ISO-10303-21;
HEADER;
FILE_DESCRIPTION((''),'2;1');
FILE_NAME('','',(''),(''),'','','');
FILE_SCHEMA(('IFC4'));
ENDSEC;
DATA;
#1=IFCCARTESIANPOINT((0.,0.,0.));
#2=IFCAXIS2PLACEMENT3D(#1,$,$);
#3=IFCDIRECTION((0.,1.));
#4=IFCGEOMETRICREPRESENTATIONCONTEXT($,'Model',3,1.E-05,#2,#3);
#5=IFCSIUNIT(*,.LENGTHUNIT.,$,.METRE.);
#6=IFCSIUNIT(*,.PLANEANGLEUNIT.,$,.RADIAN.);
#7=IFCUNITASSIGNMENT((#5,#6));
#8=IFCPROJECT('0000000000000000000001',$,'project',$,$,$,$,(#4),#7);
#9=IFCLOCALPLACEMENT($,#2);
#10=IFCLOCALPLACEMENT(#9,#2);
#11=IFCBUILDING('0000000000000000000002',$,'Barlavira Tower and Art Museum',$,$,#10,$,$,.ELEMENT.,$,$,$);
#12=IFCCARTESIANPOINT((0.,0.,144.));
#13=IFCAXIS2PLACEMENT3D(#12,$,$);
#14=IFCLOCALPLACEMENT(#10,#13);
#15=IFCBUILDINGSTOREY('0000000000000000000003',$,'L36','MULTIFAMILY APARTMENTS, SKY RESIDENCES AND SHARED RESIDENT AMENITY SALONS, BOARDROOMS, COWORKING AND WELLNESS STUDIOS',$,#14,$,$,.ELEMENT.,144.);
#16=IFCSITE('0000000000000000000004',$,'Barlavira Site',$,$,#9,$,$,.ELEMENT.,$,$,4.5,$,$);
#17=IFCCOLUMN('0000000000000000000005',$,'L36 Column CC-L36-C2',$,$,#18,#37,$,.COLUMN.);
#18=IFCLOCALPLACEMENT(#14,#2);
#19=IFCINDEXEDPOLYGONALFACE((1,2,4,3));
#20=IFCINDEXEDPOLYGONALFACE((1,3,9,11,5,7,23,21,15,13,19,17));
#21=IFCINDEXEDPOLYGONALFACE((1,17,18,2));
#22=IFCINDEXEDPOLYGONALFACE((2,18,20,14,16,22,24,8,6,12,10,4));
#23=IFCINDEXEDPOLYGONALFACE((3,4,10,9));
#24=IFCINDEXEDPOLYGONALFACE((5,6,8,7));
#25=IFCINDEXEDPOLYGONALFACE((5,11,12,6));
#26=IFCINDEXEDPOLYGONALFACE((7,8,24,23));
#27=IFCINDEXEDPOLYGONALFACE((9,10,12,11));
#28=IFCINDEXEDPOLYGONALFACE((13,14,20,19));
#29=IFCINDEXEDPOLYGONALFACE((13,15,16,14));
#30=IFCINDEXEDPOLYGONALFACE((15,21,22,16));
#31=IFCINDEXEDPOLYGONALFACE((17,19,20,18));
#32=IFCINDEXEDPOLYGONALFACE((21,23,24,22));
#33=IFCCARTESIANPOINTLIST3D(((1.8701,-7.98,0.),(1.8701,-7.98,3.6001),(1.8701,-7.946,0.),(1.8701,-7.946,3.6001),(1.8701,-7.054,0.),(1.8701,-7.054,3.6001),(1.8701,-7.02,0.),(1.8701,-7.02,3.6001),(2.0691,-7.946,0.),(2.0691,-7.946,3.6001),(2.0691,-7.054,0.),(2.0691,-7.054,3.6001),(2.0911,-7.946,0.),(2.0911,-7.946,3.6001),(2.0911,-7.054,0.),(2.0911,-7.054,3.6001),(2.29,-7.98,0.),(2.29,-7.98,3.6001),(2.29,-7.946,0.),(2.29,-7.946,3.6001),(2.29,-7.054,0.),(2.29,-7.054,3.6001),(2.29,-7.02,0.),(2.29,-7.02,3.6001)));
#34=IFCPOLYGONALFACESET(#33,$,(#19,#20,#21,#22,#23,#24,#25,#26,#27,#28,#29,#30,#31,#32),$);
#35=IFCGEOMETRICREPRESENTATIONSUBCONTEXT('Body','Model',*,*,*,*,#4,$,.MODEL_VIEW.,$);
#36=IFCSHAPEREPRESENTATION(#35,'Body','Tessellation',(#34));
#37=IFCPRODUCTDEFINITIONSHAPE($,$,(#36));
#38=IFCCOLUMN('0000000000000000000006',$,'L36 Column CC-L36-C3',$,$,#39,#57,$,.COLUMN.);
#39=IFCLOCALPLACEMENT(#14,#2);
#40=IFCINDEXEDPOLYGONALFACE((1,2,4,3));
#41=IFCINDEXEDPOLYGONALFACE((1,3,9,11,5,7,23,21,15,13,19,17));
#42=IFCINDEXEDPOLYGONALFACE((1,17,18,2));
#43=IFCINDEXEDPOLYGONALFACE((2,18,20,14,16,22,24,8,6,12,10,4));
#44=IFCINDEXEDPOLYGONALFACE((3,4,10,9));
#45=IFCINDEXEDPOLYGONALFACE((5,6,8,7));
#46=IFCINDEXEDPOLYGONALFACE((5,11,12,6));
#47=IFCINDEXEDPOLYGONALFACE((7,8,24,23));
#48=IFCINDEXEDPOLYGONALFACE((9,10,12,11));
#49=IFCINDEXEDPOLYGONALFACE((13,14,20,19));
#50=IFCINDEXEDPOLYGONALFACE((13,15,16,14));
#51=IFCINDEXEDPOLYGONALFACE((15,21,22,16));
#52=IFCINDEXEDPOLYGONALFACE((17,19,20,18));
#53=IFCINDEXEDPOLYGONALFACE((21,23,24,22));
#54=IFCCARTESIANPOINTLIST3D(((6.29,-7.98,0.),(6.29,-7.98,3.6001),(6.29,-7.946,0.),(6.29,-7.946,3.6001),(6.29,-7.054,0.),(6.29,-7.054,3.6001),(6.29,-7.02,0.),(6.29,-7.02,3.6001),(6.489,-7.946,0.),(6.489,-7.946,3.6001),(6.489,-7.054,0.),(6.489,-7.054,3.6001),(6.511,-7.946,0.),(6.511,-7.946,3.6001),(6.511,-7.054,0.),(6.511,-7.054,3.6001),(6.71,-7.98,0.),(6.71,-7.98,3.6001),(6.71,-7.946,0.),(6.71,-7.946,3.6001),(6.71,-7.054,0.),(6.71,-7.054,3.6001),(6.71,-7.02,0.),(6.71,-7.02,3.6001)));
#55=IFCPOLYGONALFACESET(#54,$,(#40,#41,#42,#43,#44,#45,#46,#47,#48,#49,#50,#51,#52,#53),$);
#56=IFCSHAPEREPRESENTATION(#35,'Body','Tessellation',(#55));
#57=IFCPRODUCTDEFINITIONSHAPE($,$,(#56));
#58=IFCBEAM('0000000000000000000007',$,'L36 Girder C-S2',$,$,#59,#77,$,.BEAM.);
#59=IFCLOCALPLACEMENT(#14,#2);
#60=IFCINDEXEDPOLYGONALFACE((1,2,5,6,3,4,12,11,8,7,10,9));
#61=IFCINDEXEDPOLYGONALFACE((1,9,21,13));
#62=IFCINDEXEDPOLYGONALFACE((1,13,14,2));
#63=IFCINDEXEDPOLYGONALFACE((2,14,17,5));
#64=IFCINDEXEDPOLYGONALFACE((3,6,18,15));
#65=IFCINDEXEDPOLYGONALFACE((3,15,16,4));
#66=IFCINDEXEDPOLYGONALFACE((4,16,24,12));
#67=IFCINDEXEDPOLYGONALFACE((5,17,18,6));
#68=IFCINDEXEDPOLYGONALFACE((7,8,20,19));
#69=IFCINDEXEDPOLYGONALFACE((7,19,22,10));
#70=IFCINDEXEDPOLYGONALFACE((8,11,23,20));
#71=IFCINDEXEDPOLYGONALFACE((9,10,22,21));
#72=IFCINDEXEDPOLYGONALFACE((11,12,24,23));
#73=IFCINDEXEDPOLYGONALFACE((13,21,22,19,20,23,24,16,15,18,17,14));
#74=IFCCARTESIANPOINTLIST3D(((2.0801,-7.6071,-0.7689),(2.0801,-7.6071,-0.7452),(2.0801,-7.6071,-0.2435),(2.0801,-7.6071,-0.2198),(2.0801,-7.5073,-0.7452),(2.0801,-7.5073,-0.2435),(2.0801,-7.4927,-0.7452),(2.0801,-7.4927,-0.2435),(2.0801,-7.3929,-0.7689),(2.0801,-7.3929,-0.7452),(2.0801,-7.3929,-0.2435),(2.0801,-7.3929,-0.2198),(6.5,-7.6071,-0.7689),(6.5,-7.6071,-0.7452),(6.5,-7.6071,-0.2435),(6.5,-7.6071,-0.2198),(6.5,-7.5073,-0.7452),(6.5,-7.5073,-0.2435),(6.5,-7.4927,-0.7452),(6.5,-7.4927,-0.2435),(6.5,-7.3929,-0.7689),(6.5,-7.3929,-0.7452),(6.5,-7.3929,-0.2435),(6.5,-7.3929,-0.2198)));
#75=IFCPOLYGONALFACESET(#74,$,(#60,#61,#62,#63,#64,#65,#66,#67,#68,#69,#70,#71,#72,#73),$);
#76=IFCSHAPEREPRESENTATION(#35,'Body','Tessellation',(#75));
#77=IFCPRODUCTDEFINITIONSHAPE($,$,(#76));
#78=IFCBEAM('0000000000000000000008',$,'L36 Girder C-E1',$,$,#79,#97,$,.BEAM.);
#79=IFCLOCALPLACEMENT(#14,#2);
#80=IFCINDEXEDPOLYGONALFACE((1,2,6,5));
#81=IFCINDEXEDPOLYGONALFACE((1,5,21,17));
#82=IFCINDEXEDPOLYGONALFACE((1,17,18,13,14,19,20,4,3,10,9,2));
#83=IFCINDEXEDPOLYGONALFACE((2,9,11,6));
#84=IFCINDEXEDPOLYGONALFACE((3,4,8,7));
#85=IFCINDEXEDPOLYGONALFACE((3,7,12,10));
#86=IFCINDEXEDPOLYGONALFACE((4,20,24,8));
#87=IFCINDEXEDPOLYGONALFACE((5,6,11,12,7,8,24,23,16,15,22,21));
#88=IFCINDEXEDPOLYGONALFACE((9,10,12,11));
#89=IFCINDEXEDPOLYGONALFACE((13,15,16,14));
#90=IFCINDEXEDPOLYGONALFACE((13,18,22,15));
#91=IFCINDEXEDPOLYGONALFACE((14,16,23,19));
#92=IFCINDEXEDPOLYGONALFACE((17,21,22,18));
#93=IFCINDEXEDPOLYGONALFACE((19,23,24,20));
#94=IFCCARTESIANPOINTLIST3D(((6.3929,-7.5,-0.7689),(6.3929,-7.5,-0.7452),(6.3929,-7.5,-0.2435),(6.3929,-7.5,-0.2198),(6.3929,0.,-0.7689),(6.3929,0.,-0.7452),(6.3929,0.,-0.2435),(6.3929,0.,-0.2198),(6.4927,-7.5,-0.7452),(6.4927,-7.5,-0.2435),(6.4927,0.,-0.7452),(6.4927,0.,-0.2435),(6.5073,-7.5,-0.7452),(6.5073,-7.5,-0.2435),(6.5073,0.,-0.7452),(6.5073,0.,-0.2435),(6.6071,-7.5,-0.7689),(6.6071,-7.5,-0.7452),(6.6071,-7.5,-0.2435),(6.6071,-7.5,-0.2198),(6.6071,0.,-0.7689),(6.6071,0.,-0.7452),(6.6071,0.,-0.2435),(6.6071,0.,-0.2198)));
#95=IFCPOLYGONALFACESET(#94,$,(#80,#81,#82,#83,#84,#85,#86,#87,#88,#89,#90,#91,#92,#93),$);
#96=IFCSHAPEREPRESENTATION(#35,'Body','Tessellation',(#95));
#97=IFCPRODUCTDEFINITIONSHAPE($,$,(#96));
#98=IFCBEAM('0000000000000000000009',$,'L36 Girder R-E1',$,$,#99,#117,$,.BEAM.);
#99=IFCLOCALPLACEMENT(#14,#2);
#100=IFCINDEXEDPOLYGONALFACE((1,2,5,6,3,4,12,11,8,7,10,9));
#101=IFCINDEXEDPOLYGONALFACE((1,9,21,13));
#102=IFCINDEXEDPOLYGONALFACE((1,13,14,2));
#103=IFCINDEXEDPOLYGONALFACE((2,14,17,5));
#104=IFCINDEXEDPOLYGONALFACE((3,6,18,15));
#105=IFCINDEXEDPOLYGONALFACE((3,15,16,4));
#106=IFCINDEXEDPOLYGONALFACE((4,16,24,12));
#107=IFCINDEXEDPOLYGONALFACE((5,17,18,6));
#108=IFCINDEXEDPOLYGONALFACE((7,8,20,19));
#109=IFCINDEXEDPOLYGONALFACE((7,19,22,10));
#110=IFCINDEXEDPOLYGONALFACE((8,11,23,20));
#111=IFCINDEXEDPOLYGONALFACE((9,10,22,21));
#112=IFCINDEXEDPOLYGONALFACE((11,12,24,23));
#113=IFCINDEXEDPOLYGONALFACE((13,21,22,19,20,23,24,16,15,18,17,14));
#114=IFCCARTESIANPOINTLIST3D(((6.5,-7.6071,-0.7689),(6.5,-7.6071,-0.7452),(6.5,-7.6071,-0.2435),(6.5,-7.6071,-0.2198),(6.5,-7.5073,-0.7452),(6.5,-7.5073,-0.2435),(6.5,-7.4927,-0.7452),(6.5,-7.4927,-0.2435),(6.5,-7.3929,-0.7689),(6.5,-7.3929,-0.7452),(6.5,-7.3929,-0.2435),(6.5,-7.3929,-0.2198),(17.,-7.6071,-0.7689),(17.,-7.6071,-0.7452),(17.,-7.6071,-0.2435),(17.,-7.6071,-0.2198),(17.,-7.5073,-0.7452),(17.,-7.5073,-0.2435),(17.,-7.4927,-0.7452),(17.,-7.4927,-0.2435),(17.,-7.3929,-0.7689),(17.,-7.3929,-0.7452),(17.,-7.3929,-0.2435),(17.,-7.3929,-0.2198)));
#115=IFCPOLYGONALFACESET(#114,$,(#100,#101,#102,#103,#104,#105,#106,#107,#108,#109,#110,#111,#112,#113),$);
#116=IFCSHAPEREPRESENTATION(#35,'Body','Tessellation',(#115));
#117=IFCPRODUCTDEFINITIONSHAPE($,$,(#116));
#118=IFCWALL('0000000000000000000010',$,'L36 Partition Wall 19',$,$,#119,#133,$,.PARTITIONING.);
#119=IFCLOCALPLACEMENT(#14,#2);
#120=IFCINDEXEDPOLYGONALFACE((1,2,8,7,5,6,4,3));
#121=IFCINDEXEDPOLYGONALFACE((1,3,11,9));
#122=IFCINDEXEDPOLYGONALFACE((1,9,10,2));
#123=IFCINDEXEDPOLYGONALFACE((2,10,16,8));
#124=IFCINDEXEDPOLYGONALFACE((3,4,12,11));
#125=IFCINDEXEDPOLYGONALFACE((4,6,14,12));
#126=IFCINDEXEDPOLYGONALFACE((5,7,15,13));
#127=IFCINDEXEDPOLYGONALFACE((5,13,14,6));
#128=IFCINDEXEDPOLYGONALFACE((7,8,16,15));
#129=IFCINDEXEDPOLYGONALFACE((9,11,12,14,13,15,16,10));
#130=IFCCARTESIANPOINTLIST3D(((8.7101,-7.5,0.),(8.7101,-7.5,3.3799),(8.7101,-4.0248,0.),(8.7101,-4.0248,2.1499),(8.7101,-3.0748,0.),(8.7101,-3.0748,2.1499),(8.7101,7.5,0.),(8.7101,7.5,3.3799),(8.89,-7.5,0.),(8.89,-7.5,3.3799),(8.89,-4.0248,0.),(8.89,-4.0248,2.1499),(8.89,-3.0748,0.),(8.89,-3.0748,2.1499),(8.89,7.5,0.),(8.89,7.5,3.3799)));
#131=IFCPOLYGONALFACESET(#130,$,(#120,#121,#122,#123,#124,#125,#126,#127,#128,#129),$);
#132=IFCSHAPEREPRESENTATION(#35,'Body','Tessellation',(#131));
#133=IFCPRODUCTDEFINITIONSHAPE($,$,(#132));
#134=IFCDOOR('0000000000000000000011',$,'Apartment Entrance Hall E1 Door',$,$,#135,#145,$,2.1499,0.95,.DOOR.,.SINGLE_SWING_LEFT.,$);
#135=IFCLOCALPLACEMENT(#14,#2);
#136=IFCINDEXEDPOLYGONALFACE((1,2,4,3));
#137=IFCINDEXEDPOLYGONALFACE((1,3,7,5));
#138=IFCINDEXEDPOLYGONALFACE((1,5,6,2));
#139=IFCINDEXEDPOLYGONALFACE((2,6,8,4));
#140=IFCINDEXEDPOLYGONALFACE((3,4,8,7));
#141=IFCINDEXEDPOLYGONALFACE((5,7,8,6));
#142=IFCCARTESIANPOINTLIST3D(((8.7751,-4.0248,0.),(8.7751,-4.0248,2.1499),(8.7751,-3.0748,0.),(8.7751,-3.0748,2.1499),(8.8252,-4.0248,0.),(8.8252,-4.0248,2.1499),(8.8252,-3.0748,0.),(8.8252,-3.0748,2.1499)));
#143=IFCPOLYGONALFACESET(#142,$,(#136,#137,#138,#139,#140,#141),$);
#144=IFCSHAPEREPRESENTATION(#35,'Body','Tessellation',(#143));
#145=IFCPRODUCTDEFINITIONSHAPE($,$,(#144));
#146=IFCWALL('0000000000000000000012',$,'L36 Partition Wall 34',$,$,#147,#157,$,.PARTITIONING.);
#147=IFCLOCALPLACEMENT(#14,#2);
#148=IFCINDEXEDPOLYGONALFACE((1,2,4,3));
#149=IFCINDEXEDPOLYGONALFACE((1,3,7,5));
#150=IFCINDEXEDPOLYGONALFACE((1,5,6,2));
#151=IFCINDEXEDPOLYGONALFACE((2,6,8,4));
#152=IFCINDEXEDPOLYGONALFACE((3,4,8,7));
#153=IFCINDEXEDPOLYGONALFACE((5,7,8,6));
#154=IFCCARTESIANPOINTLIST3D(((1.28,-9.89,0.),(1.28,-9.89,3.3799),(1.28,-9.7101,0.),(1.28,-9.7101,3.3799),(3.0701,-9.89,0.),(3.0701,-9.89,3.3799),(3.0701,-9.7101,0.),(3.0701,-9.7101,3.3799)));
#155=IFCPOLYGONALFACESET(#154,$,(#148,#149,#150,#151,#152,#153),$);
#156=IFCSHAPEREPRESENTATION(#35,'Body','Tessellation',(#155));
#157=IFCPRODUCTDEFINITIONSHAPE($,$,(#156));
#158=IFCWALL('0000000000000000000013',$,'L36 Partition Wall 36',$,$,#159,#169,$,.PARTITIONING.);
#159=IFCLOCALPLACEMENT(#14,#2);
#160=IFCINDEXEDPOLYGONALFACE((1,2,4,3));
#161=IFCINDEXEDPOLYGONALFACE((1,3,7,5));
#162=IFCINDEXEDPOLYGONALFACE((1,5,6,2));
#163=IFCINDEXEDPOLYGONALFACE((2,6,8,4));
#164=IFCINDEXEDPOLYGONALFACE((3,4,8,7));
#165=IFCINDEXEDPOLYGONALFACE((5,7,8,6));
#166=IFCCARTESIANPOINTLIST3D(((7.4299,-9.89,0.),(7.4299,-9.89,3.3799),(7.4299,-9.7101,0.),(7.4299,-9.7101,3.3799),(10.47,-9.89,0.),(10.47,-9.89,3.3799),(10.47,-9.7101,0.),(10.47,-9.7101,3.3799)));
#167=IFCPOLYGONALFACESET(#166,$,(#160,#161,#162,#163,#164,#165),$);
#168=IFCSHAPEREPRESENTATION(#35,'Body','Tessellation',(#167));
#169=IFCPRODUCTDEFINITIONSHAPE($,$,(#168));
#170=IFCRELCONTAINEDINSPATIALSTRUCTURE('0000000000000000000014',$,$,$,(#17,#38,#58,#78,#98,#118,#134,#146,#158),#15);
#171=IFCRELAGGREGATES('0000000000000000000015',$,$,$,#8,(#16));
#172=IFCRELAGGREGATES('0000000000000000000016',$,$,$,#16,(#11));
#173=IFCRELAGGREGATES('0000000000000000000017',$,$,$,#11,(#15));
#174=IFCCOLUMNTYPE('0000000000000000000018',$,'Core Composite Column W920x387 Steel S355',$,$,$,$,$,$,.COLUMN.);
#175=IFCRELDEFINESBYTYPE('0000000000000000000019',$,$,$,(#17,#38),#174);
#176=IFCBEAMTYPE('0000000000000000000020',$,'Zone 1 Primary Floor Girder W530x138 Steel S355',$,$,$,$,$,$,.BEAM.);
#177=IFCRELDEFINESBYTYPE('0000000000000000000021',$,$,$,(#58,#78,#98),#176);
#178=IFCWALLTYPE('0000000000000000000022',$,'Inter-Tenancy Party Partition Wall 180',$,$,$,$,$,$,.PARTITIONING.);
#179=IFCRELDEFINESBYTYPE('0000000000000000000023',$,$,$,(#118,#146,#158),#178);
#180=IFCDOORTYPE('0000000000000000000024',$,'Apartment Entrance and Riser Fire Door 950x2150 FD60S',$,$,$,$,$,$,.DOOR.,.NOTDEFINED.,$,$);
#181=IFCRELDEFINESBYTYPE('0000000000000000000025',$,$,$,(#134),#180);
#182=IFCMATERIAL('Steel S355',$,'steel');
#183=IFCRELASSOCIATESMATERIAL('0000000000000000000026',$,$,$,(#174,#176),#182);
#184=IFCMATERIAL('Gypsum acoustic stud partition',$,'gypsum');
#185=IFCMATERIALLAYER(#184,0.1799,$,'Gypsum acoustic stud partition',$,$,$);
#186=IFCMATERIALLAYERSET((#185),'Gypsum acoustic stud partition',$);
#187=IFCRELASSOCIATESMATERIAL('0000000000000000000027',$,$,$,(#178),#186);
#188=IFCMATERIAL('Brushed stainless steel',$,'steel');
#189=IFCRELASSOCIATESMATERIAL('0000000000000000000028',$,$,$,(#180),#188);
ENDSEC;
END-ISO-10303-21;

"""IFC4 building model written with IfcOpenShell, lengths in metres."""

from ifc_helpers import new_model, si_unit, direction, frame, frame_2d, origin, origin_2d, place, context, subcontext, project, spatial, rectangle, i_section, extrude, material, layer, layer_set, material_profile, profile_set, type_object, element, fill, save


model = new_model("IFC4")

# Units and contexts
model_context = context("Model", 3, precision=1e-05, world=origin(), true_north=direction((0.0, 1.0)))
body_context = subcontext(model_context, "Body", "Model", "MODEL_VIEW")
ifc_project = project(units=[si_unit("LENGTHUNIT", "METRE"), si_unit("PLANEANGLEUNIT", "RADIAN")], contexts=[model_context])

# Site, building, storey
site_placement = place(None, origin())
site = spatial("IfcSite", under=ifc_project, at=site_placement, Name="Barlavira Site", CompositionType="ELEMENT", RefElevation=4.5)
building_placement = place(site_placement, origin())
building = spatial("IfcBuilding", under=site, at=building_placement, Name="Barlavira Tower and Art Museum", CompositionType="ELEMENT")
storey_placement = place(building_placement, frame((0.0, 0.0, 144.0)))
storey = spatial("IfcBuildingStorey", under=building, at=storey_placement, Name="L36", Description="MULTIFAMILY APARTMENTS, SKY RESIDENCES AND SHARED RESIDENT AMENITY SALONS, BOARDROOMS, COWORKING AND WELLNESS STUDIOS", CompositionType="ELEMENT", Elevation=144.0)

# Columns
ifc_material_1 = material(Name="Steel S355", Category="steel")
ifc_material_profile_1 = material_profile(ifc_material_1, i_section(OverallWidth=0.4199, OverallDepth=0.96, WebThickness=0.022, FlangeThickness=0.0339, at=origin_2d()), Name="W920x387.0")
ifc_profile_set_1 = profile_set([ifc_material_profile_1], Name="Steel S355")
column_type = type_object("IfcColumnType", Name="Core Composite Column W920x387 Steel S355", PredefinedType="COLUMN", material=ifc_profile_set_1)
for number, where, z_axis, x_axis, name in (
    (1, (2.0801, -7.5, 0.0), (0.0, 0.0, 1.0), (1.0, 0.0, 0.0), "L36 Column CC-L36-C2"),
    (2, (6.5, -7.5, 0.0), (0.0, 0.0, 1.0), (1.0, 0.0, 0.0), "L36 Column CC-L36-C3"),
):
    element("IfcColumn", number, at=place(storey_placement, frame(where, z_axis=z_axis, x_axis=x_axis)), inside=storey, type_object=column_type, Name=name, PredefinedType="COLUMN", context=body_context, shape_type="SweptSolid", body=[
        extrude(i_section(OverallWidth=0.4199, OverallDepth=0.96, WebThickness=0.022, FlangeThickness=0.0339, at=origin_2d()), origin(), (0.0, 0.0, 1.0), 3.6001),
    ])

# Beams
ifc_material_profile_2 = material_profile(ifc_material_1, i_section(OverallWidth=0.2141, OverallDepth=0.5491, WebThickness=0.0146, FlangeThickness=0.0237, at=origin_2d()), Name="W530x138.0")
ifc_profile_set_2 = profile_set([ifc_material_profile_2], Name="Steel S355")
beam_type = type_object("IfcBeamType", Name="Zone 1 Primary Floor Girder W530x138 Steel S355", PredefinedType="BEAM", material=ifc_profile_set_2)
beam_1_placement = place(storey_placement, frame((2.0801, -7.5, -0.4944), z_axis=(1.0, 0.0, 0.0), x_axis=(0.0, 1.0, 0.0)))
element("IfcBeam", 3, at=beam_1_placement, inside=storey, type_object=beam_type, Name="L36 Girder C-S2", PredefinedType="BEAM", context=body_context, shape_type="SweptSolid", body=[
    extrude(i_section(OverallWidth=0.2141, OverallDepth=0.5491, WebThickness=0.0146, FlangeThickness=0.0237, at=origin_2d()), origin(), (0.0, 0.0, 1.0), 4.4199),
])
beam_2_placement = place(storey_placement, frame((6.5, -7.5, -0.4944), z_axis=(0.0, 1.0, 0.0), x_axis=(-1.0, 0.0, 0.0)))
element("IfcBeam", 4, at=beam_2_placement, inside=storey, type_object=beam_type, Name="L36 Girder C-E1", PredefinedType="BEAM", context=body_context, shape_type="SweptSolid", body=[
    extrude(i_section(OverallWidth=0.2141, OverallDepth=0.5491, WebThickness=0.0146, FlangeThickness=0.0237, at=origin_2d()), origin(), (0.0, 0.0, 1.0), 7.5),
])
beam_3_placement = place(storey_placement, frame((6.5, -7.5, -0.4944), z_axis=(1.0, 0.0, 0.0), x_axis=(0.0, 1.0, 0.0)))
element("IfcBeam", 5, at=beam_3_placement, inside=storey, type_object=beam_type, Name="L36 Girder R-E1", PredefinedType="BEAM", context=body_context, shape_type="SweptSolid", body=[
    extrude(i_section(OverallWidth=0.2141, OverallDepth=0.5491, WebThickness=0.0146, FlangeThickness=0.0237, at=origin_2d()), origin(), (0.0, 0.0, 1.0), 10.5),
])

# Wall, opening, door
ifc_material_2 = material(Name="Brushed stainless steel", Category="steel")
ifc_material_3 = material(Name="Gypsum acoustic stud partition", Category="gypsum")
ifc_layer_1 = layer(ifc_material_3, 0.1799, Name="Gypsum acoustic stud partition")
ifc_layer_set_1 = layer_set([ifc_layer_1], Name="Gypsum acoustic stud partition")
wall_type_1 = type_object("IfcWallType", Name="Inter-Tenancy Party Partition Wall 180", PredefinedType="PARTITIONING", material=ifc_layer_set_1)
wall_1_placement = place(storey_placement, frame((8.8, -7.5, 0.0), z_axis=(0.0, 0.0, 1.0), x_axis=(0.0, 1.0, 0.0)))
wall_1 = element("IfcWall", 6, at=wall_1_placement, inside=storey, type_object=wall_type_1, Name="L36 Partition Wall 19", PredefinedType="PARTITIONING", context=body_context, shape_type="SweptSolid", body=[
    extrude(rectangle(XDim=15.0, YDim=0.1799, at=frame_2d((7.5, 0.0))), origin(), (0.0, 0.0, 1.0), 3.3799),
])
opening_1_placement = place(wall_1_placement, frame((3.4751, 0.0, 0.0)))
opening_1 = element("IfcOpeningElement", 7, at=opening_1_placement, cuts=wall_1, PredefinedType="OPENING", context=body_context, shape_type="SweptSolid", body=[
    extrude(rectangle(XDim=0.95, YDim=2.1499, at=frame_2d((0.4751, 1.075))), frame((0.0, 0.1001, 0.0), z_axis=(0.0, -1.0, 0.0), x_axis=(1.0, 0.0, 0.0)), (0.0, 0.0, 1.0), 0.2),
])
door_type_1 = type_object("IfcDoorType", Name="Apartment Entrance and Riser Fire Door 950x2150 FD60S", OperationType="NOTDEFINED", PredefinedType="DOOR", material=ifc_material_2)
door_1_placement = place(opening_1_placement, origin())
door_1 = element("IfcDoor", 8, at=door_1_placement, inside=storey, type_object=door_type_1, Name="Apartment Entrance Hall E1 Door", OperationType="SINGLE_SWING_LEFT", OverallHeight=2.1499, OverallWidth=0.95, PredefinedType="DOOR", context=body_context, shape_type="SweptSolid", body=[
    extrude(rectangle(XDim=0.95, YDim=2.1499, at=frame_2d((0.4751, 1.075))), frame((0.0, 0.0249, 0.0), z_axis=(0.0, -1.0, 0.0), x_axis=(1.0, 0.0, 0.0)), (0.0, 0.0, 1.0), 0.05),
])
fill(opening_1, door_1)

# Wall
wall_2_placement = place(storey_placement, frame((1.28, -9.8, 0.0), z_axis=(0.0, 0.0, 1.0), x_axis=(1.0, 0.0, 0.0)))
element("IfcWall", 9, at=wall_2_placement, inside=storey, type_object=wall_type_1, Name="L36 Partition Wall 34", PredefinedType="PARTITIONING", context=body_context, shape_type="SweptSolid", body=[
    extrude(rectangle(XDim=1.79, YDim=0.1799, at=frame_2d((0.895, 0.0))), origin(), (0.0, 0.0, 1.0), 3.3799),
])

# Wall
wall_3_placement = place(storey_placement, frame((7.4299, -9.8, 0.0), z_axis=(0.0, 0.0, 1.0), x_axis=(1.0, 0.0, 0.0)))
element("IfcWall", 10, at=wall_3_placement, inside=storey, type_object=wall_type_1, Name="L36 Partition Wall 36", PredefinedType="PARTITIONING", context=body_context, shape_type="SweptSolid", body=[
    extrude(rectangle(XDim=3.04, YDim=0.1799, at=frame_2d((1.52, 0.0))), origin(), (0.0, 0.0, 1.0), 3.3799),
])

save(model, "model.ifc")
